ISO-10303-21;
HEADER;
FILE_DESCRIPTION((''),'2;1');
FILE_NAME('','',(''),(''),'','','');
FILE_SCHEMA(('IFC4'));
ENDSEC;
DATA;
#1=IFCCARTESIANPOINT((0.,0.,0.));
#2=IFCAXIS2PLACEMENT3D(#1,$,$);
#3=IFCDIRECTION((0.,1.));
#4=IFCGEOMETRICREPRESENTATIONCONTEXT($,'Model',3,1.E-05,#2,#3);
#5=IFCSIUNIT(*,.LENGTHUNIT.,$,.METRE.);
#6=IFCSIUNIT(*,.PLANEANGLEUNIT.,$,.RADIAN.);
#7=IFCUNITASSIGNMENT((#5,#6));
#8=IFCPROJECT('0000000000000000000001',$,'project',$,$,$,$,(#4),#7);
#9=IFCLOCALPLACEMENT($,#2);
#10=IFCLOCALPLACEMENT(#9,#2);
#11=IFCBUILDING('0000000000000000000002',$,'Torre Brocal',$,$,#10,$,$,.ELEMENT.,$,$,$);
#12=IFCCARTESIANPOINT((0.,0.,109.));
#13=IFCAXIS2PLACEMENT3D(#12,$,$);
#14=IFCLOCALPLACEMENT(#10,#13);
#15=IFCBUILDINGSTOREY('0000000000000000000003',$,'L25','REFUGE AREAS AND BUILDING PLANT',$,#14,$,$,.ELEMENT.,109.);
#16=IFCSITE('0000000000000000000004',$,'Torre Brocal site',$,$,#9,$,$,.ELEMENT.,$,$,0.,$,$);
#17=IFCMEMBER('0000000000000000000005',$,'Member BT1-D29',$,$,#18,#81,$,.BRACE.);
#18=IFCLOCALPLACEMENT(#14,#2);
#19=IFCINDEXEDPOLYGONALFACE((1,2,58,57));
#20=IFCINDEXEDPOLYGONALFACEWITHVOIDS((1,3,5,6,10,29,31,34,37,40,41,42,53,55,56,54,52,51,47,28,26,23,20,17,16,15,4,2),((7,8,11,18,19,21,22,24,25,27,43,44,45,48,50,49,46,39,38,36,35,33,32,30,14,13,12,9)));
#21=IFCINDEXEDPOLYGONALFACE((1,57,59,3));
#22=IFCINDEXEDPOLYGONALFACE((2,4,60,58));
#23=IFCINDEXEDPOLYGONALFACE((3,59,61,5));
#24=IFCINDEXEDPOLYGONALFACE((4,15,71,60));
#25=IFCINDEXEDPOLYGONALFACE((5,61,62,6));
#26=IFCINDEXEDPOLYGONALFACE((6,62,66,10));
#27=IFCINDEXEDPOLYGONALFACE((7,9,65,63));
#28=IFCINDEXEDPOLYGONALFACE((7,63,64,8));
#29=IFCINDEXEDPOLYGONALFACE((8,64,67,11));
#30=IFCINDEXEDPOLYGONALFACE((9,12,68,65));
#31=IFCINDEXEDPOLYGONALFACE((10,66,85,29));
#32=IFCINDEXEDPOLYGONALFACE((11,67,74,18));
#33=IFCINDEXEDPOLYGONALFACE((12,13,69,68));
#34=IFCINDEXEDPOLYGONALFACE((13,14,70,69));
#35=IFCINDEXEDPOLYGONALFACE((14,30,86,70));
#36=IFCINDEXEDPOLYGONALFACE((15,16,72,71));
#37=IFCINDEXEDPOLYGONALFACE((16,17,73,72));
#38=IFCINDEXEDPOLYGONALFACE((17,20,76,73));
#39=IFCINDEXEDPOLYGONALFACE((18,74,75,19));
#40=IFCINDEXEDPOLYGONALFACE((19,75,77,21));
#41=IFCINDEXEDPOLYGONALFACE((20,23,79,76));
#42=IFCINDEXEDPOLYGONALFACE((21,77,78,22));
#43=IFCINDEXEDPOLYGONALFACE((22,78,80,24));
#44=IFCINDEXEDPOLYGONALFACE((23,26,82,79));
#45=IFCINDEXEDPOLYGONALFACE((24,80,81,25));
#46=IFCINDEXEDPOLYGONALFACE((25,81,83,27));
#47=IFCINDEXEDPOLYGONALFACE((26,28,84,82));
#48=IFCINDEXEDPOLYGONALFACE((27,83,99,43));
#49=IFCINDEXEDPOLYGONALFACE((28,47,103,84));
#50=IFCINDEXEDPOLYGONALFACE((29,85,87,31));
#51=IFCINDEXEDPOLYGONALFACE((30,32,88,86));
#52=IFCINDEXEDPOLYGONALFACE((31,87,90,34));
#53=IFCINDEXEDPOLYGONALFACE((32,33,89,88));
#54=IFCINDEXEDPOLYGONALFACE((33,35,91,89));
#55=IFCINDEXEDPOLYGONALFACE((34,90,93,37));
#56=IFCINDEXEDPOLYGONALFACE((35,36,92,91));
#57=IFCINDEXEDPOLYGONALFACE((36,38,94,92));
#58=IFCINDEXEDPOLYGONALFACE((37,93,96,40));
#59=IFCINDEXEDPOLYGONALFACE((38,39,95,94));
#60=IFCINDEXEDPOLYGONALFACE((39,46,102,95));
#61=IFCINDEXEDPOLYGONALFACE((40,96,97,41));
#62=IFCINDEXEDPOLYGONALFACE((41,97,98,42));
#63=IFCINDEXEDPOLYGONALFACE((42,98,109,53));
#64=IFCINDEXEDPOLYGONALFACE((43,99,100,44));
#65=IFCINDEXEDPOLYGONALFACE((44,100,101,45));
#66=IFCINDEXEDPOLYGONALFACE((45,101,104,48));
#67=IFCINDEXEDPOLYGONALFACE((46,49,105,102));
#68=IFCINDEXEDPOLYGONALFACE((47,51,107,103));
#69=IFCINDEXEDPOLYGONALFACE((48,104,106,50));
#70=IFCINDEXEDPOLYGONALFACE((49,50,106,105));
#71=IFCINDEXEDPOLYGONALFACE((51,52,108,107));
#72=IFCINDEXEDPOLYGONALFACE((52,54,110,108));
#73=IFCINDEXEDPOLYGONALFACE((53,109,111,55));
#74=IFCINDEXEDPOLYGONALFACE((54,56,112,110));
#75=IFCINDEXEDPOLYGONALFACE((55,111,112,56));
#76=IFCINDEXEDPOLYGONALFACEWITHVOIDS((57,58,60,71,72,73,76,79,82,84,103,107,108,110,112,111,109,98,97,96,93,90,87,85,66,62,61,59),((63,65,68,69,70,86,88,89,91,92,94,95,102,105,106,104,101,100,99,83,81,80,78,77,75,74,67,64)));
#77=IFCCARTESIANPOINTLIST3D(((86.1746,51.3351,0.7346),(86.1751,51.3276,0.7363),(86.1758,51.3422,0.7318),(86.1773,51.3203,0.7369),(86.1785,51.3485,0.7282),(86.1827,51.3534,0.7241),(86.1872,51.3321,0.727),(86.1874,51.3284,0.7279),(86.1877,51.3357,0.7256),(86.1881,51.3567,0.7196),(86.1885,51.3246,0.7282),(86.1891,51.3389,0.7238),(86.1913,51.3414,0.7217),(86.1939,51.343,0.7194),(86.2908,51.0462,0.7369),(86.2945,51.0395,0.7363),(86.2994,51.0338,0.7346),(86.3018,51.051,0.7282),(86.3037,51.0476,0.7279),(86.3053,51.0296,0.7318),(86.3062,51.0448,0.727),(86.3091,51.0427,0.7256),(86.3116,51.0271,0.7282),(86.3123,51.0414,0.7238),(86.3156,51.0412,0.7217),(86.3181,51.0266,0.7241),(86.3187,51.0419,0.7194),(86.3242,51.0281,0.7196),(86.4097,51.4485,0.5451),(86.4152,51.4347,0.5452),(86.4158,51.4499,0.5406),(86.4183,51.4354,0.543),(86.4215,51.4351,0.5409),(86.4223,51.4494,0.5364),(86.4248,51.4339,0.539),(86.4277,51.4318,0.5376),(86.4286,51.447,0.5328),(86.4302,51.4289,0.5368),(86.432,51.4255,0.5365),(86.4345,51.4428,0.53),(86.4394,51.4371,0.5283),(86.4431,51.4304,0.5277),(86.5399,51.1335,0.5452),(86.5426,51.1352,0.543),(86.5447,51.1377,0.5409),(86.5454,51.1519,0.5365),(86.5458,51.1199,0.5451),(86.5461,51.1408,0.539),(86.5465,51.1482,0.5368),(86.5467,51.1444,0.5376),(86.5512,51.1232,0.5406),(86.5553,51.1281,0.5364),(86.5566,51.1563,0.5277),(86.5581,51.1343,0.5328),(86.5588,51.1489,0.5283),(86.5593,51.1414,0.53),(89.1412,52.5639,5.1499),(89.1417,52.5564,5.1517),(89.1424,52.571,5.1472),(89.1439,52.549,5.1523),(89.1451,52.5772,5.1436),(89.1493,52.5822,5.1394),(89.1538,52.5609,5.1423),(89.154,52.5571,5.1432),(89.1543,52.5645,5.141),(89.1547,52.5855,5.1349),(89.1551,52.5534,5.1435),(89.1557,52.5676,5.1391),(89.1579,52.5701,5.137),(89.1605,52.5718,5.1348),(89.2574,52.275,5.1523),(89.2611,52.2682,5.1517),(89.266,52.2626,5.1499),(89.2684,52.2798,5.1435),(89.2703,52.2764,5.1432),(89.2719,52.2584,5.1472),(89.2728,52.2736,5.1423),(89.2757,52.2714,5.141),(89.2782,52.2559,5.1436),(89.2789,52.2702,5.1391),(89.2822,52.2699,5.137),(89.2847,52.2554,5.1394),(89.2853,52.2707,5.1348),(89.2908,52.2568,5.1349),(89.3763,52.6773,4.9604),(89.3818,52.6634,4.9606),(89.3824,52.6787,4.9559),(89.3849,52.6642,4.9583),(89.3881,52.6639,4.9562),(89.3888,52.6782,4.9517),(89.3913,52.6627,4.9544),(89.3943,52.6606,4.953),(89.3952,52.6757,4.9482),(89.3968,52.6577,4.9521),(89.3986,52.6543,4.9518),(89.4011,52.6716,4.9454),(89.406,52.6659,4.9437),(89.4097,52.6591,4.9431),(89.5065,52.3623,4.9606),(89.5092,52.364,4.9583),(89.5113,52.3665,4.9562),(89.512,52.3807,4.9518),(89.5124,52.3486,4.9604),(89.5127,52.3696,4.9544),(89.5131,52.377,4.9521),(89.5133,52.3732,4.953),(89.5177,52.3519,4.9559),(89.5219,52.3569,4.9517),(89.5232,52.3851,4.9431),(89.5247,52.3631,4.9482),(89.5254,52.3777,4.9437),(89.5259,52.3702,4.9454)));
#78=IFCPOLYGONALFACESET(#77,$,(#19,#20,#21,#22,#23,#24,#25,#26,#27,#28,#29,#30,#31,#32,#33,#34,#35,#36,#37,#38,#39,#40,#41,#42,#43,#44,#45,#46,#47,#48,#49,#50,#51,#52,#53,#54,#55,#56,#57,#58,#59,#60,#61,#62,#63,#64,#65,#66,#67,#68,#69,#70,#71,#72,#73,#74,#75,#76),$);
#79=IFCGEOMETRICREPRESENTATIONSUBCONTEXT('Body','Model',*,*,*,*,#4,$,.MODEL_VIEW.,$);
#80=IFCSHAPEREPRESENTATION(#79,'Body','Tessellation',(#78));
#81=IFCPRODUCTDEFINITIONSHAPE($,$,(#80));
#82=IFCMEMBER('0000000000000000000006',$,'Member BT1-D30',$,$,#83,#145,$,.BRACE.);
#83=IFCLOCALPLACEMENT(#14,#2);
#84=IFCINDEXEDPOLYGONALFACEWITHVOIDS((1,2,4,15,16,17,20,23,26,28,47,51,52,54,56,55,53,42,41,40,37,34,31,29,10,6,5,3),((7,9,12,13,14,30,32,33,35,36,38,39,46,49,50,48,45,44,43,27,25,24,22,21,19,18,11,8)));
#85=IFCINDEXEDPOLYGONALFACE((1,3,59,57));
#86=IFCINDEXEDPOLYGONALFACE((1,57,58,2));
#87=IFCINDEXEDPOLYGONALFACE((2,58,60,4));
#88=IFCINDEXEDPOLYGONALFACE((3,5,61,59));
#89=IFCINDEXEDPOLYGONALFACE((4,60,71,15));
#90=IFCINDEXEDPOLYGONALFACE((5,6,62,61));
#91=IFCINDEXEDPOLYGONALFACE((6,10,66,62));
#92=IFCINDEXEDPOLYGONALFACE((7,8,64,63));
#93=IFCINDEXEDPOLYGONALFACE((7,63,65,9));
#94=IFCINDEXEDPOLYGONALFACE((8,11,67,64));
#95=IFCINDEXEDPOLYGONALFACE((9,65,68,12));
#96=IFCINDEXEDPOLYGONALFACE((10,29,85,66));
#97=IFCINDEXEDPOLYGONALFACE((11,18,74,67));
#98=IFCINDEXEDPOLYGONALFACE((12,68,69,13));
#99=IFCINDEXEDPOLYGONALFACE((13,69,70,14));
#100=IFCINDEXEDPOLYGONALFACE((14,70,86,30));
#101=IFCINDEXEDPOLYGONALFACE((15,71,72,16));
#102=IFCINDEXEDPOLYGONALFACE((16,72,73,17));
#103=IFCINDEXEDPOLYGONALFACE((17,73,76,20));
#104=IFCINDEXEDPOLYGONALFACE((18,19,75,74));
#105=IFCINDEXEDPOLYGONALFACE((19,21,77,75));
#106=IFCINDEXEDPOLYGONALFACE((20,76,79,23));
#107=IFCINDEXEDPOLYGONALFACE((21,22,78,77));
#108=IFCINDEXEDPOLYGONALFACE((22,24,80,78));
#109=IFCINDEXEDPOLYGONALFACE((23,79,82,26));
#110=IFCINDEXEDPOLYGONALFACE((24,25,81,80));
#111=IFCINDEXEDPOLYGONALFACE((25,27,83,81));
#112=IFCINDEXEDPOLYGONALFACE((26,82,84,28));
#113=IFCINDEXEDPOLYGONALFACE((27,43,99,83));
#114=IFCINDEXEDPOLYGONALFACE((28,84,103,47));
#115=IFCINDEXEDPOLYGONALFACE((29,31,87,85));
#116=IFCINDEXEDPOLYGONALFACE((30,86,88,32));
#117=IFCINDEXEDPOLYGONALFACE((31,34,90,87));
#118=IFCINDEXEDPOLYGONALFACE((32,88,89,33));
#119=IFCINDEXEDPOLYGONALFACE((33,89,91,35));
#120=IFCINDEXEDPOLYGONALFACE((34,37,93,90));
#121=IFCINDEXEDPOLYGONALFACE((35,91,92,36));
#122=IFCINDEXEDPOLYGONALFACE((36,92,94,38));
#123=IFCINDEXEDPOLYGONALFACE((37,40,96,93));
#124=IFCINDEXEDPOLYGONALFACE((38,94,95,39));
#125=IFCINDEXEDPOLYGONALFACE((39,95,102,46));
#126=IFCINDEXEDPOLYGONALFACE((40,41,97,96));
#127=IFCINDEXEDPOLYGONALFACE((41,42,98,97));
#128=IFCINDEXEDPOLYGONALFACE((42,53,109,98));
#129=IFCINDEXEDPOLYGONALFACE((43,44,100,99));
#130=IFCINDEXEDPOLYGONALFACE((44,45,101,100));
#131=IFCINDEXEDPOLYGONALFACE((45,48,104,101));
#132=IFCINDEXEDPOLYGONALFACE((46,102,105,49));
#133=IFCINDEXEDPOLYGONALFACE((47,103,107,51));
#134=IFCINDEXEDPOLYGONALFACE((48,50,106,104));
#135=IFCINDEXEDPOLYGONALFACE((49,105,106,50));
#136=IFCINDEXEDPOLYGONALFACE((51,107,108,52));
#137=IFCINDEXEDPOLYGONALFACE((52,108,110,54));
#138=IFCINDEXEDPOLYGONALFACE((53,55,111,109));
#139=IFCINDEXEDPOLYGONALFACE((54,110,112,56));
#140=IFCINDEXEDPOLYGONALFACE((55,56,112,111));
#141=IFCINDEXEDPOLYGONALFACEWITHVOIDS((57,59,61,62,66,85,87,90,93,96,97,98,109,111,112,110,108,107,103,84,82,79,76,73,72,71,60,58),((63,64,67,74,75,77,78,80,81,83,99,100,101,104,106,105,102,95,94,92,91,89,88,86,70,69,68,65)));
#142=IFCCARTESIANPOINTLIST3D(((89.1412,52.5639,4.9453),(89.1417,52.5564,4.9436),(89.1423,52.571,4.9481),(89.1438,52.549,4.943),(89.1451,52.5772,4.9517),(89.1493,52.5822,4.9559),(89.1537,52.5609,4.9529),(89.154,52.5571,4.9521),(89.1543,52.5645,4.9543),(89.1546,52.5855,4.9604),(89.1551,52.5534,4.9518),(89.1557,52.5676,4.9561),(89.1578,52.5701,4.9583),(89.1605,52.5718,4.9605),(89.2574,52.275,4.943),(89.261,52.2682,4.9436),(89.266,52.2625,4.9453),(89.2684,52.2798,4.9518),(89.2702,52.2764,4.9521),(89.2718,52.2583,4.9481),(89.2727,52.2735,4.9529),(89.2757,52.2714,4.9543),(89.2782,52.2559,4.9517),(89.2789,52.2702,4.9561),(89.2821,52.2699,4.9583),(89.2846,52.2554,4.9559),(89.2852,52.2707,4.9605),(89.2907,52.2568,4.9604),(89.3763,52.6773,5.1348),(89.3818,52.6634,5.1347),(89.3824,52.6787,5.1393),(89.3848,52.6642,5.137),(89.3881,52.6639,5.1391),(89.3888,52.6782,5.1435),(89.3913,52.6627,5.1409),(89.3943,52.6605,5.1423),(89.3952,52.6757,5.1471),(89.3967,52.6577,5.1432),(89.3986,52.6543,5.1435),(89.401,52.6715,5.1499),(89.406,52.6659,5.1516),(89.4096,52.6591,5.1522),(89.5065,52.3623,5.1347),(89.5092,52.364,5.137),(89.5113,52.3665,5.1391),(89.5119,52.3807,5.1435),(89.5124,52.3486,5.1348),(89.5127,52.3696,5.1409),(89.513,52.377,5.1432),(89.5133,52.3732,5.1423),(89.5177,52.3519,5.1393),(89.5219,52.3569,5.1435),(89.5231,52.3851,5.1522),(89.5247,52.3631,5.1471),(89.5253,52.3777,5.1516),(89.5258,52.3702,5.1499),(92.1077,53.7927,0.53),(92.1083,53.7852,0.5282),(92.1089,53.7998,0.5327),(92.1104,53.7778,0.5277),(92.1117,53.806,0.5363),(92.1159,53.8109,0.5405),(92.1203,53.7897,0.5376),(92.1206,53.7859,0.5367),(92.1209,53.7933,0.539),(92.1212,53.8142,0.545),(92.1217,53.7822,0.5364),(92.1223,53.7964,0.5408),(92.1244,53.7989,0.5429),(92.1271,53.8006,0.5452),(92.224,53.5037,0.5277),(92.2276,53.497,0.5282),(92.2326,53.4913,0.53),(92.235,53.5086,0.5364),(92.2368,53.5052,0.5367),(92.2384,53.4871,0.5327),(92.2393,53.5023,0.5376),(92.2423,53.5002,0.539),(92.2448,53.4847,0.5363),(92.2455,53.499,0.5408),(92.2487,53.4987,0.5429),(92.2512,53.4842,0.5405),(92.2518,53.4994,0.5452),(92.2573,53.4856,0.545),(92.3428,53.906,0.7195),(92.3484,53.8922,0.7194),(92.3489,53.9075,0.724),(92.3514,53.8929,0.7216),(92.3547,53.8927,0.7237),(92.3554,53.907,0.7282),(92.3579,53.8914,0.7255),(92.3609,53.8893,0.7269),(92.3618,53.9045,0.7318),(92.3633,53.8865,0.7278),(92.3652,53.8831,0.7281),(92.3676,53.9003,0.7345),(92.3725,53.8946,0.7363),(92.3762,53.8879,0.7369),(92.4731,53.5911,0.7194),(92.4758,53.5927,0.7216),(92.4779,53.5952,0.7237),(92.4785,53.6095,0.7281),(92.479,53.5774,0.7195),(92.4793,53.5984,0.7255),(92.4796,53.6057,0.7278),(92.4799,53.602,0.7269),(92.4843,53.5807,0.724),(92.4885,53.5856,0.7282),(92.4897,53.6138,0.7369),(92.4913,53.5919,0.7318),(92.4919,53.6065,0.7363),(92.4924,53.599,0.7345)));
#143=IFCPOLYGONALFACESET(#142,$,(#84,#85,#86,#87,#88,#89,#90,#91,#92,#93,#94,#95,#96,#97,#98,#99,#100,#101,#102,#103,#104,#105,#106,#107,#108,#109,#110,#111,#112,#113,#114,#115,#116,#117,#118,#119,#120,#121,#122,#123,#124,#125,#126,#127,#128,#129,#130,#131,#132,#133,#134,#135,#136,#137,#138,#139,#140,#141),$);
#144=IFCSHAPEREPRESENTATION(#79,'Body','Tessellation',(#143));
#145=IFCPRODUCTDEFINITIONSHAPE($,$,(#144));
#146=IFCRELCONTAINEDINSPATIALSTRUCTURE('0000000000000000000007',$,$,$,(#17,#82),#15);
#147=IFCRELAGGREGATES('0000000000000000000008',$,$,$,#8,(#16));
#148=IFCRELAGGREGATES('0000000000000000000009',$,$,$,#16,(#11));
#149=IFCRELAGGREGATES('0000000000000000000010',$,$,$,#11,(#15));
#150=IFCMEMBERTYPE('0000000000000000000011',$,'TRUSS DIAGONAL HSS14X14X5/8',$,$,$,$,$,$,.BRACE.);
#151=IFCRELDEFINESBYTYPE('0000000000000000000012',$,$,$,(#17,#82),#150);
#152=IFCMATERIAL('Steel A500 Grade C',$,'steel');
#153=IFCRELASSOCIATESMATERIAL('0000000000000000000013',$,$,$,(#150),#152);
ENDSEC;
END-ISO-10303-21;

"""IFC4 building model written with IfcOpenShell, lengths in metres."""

from ifc_helpers import new_model, si_unit, direction, frame, origin, origin_2d, place, context, subcontext, project, spatial, hollow_rectangle, extrude, material, material_profile, profile_set, type_object, element, save


model = new_model("IFC4")

# Units and contexts
model_context = context("Model", 3, precision=1e-05, world=origin(), true_north=direction((0.0, 1.0)))
body_context = subcontext(model_context, "Body", "Model", "MODEL_VIEW")
ifc_project = project(units=[si_unit("LENGTHUNIT", "METRE"), si_unit("PLANEANGLEUNIT", "RADIAN")], contexts=[model_context])

# Site, building, storey
site_placement = place(None, origin())
site = spatial("IfcSite", under=ifc_project, at=site_placement, Name="Torre Brocal site", CompositionType="ELEMENT", RefElevation=0.0)
building_placement = place(site_placement, origin())
building = spatial("IfcBuilding", under=site, at=building_placement, Name="Torre Brocal", CompositionType="ELEMENT")
storey_placement = place(building_placement, frame((0.0, 0.0, 109.0)))
storey = spatial("IfcBuildingStorey", under=building, at=storey_placement, Name="L25", Description="REFUGE AREAS AND BUILDING PLANT", CompositionType="ELEMENT", Elevation=109.0)

# Members
ifc_material_1 = material(Name="Steel A500 Grade C", Category="steel")
ifc_material_profile_1 = material_profile(ifc_material_1, hollow_rectangle(XDim=0.3557, YDim=0.3557, WallThickness=0.0149, InnerFilletRadius=0.0149, OuterFilletRadius=0.0295, at=origin_2d()), Name="HSS14X14X5/8")
ifc_profile_set_1 = profile_set([ifc_material_profile_1], Name="Steel A500 Grade C")
member_type_1 = type_object("IfcMemberType", Name="TRUSS DIAGONAL HSS14X14X5/8", PredefinedType="BRACE", material=ifc_profile_set_1)
for number, where, z_axis, x_axis, name in (
    (1, (86.3669, 51.2383, 0.6323), (0.543385, 0.225072, 0.808749), (-0.382676, 0.923882, 0.0), "Member BT1-D29"),
    (2, (89.3335, 52.467, 5.0476), (0.543385, 0.225072, -0.808749), (-0.382676, 0.923882, 0.0), "Member BT1-D30"),
):
    element("IfcMember", number, at=place(storey_placement, frame(where, z_axis=z_axis, x_axis=x_axis)), inside=storey, type_object=member_type_1, Name=name, PredefinedType="BRACE", context=body_context, shape_type="SweptSolid", body=[
        extrude(hollow_rectangle(XDim=0.3557, YDim=0.3557, WallThickness=0.0149, InnerFilletRadius=0.0149, OuterFilletRadius=0.0295, at=origin_2d()), origin(), (0.0, 0.0, 1.0), 5.4595),
    ])

save(model, "model.ifc")
